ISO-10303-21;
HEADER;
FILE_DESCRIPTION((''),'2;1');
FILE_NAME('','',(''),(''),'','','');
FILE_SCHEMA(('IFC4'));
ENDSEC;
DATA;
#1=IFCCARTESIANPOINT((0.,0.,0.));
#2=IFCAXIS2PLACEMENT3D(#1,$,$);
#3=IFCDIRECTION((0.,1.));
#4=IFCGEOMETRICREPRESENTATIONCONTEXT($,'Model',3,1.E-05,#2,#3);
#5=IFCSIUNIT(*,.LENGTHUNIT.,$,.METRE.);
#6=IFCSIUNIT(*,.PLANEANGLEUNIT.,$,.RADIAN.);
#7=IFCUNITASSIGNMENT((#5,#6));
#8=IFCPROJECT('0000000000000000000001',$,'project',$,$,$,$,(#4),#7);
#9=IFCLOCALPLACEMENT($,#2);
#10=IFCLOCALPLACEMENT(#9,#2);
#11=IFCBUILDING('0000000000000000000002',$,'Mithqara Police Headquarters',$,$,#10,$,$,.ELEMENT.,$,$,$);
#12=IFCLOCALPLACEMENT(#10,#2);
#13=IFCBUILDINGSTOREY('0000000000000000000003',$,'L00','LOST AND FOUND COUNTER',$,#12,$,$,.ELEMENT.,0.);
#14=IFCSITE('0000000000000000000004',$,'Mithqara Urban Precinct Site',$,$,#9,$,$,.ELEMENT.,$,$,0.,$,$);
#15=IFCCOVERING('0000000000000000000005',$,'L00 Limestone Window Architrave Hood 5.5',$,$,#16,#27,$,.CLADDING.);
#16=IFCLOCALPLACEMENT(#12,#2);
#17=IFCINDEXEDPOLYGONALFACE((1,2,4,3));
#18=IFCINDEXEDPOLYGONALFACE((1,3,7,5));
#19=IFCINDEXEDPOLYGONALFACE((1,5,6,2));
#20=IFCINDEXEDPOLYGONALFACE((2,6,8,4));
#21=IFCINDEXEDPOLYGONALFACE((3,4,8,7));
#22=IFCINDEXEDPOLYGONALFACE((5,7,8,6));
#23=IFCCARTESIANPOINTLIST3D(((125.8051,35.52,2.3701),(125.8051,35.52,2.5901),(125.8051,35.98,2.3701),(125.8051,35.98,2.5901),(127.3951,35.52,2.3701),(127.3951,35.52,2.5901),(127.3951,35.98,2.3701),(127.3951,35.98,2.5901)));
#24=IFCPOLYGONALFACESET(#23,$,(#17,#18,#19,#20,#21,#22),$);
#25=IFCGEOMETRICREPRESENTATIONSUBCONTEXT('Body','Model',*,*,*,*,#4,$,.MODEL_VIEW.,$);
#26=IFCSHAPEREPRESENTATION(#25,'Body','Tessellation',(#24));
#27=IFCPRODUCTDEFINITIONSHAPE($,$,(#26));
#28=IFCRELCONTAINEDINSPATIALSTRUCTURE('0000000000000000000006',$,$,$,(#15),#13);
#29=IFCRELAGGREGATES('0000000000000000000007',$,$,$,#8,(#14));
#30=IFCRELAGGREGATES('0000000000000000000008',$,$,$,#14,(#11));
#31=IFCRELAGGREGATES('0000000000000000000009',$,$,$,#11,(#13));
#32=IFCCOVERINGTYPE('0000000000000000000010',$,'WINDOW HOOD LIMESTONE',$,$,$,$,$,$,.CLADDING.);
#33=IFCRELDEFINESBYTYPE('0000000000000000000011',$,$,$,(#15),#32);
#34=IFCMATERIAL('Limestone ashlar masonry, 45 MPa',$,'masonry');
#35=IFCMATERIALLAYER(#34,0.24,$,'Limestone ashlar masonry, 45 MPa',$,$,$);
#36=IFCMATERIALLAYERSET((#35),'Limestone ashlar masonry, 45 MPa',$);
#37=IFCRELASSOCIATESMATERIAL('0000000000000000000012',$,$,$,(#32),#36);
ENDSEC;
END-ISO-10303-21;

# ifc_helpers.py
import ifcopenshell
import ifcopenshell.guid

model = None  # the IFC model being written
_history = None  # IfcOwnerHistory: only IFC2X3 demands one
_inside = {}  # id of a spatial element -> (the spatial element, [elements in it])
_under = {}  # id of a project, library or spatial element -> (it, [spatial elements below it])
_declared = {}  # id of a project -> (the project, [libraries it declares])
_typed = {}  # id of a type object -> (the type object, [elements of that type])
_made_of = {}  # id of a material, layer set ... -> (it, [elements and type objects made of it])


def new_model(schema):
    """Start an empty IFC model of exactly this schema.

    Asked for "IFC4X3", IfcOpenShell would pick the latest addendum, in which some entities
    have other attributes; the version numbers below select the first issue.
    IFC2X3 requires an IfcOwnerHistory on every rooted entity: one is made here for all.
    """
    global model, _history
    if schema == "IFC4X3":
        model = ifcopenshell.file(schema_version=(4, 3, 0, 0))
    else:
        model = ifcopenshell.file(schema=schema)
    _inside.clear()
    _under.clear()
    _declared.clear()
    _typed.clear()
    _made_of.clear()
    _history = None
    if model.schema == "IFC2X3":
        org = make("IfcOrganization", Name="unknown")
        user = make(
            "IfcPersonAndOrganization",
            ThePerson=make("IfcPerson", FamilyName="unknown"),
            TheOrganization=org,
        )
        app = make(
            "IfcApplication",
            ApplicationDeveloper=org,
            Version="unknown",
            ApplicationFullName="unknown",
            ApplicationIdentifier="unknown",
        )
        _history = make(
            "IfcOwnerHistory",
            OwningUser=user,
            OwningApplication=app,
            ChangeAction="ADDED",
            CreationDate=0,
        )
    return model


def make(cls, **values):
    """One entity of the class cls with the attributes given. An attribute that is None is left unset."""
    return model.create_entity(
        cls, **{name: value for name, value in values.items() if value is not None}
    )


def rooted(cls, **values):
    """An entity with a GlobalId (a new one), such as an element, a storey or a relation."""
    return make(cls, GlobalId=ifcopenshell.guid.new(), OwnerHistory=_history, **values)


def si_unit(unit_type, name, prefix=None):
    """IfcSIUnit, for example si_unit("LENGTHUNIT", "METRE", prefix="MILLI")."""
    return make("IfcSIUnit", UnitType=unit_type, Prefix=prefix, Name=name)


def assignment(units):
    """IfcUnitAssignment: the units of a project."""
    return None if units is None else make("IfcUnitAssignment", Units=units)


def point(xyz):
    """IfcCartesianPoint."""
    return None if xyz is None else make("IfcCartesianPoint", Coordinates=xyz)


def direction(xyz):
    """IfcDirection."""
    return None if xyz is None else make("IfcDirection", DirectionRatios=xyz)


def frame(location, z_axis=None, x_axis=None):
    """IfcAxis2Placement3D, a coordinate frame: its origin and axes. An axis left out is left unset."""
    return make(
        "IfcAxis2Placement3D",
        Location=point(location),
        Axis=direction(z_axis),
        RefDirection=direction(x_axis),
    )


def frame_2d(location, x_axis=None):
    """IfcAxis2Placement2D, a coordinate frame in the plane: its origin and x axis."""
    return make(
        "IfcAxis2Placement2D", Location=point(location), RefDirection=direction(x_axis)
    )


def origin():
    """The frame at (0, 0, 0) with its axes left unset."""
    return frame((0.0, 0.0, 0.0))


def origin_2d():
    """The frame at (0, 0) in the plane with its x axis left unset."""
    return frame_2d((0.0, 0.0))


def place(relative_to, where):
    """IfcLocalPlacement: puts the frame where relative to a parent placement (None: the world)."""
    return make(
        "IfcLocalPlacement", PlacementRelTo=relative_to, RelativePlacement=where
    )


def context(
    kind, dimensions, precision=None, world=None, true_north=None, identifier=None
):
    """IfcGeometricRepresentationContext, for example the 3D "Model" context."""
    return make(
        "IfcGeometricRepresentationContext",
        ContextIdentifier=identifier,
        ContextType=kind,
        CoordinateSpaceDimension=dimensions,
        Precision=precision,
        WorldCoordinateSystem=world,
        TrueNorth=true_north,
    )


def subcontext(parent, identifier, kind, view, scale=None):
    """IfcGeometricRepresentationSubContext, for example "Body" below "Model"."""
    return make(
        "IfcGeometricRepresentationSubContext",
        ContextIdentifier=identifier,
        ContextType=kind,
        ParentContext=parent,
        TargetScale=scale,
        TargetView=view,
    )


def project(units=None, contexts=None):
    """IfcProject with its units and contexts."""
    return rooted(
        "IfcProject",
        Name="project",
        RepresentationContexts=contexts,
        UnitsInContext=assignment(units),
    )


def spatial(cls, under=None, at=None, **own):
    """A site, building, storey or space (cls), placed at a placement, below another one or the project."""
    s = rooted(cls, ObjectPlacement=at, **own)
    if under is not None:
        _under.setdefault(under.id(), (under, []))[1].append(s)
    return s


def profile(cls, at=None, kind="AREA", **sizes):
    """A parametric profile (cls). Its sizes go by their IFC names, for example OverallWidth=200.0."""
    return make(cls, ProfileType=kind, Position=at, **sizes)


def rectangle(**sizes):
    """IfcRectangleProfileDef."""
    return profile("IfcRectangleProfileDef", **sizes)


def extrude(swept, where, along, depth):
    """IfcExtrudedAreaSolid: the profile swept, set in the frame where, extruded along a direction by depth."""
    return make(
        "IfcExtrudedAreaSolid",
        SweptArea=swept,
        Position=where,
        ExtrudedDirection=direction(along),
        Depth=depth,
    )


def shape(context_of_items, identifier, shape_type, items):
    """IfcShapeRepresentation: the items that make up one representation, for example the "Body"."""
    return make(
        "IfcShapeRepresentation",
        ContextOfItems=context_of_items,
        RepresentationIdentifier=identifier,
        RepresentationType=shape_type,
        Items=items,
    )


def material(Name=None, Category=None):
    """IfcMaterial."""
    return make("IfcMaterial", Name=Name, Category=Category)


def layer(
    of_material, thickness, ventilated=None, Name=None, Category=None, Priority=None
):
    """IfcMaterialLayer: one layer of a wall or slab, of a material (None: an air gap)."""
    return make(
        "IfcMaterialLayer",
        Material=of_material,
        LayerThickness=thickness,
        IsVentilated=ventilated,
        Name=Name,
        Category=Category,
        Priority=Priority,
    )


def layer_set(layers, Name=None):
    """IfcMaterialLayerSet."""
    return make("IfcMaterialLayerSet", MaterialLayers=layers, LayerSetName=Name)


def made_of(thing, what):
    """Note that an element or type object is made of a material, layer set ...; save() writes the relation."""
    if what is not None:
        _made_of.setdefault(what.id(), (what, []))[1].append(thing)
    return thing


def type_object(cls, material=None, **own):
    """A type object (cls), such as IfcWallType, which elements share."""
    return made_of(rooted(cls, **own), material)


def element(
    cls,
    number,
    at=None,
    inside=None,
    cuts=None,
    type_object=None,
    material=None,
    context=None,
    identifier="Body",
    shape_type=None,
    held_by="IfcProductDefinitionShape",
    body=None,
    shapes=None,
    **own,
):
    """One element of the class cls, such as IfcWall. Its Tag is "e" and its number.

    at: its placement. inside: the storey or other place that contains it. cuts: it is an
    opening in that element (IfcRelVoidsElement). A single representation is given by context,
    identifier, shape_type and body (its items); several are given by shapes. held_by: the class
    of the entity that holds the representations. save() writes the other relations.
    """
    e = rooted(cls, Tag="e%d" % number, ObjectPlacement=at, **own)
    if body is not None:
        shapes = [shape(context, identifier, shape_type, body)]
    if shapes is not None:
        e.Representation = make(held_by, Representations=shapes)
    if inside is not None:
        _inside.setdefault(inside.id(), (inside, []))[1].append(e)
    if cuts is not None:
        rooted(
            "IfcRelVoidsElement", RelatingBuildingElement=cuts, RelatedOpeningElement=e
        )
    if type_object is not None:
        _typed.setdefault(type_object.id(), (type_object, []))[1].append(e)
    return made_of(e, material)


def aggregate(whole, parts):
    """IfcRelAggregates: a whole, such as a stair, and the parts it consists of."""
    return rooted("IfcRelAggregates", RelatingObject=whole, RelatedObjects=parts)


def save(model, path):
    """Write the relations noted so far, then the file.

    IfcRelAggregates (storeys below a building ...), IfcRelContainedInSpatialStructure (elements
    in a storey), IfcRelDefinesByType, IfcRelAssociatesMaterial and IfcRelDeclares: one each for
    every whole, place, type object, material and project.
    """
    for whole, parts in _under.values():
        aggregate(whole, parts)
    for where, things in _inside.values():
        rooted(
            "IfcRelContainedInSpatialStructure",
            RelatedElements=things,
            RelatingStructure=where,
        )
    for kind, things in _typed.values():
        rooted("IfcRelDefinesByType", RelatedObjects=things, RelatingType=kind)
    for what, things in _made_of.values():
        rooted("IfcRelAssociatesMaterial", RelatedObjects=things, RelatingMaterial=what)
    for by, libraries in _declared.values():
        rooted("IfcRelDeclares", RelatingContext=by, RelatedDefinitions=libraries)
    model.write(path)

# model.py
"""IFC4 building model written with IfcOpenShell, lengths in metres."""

from ifc_helpers import new_model, si_unit, direction, frame, origin, origin_2d, place, context, subcontext, project, spatial, rectangle, extrude, material, layer, layer_set, type_object, element, save


model = new_model("IFC4")

# Units and contexts
model_context = context("Model", 3, precision=1e-05, world=origin(), true_north=direction((0.0, 1.0)))
body_context = subcontext(model_context, "Body", "Model", "MODEL_VIEW")
ifc_project = project(units=[si_unit("LENGTHUNIT", "METRE"), si_unit("PLANEANGLEUNIT", "RADIAN")], contexts=[model_context])

# Site, building, storey
site_placement = place(None, origin())
site = spatial("IfcSite", under=ifc_project, at=site_placement, Name="Mithqara Urban Precinct Site", CompositionType="ELEMENT", RefElevation=0.0)
building_placement = place(site_placement, origin())
building = spatial("IfcBuilding", under=site, at=building_placement, Name="Mithqara Police Headquarters", CompositionType="ELEMENT")
storey_placement = place(building_placement, origin())
storey = spatial("IfcBuildingStorey", under=building, at=storey_placement, Name="L00", Description="LOST AND FOUND COUNTER", CompositionType="ELEMENT", Elevation=0.0)

# Covering
ifc_material_1 = material(Name="Limestone ashlar masonry, 45 MPa", Category="masonry")
ifc_layer_1 = layer(ifc_material_1, 0.24, Name="Limestone ashlar masonry, 45 MPa")
ifc_layer_set_1 = layer_set([ifc_layer_1], Name="Limestone ashlar masonry, 45 MPa")
covering_type = type_object("IfcCoveringType", Name="WINDOW HOOD LIMESTONE", PredefinedType="CLADDING", material=ifc_layer_set_1)
covering_placement = place(storey_placement, frame((126.6001, 35.75, 2.3701), z_axis=(0.0, 0.0, 1.0), x_axis=(1.0, 0.0, 0.0)))
element("IfcCovering", 1, at=covering_placement, inside=storey, type_object=covering_type, Name="L00 Limestone Window Architrave Hood 5.5", PredefinedType="CLADDING", context=body_context, shape_type="SweptSolid", body=[
    extrude(rectangle(XDim=1.5901, YDim=0.46, at=origin_2d()), origin(), (0.0, 0.0, 1.0), 0.22),
])

save(model, "model.ifc")
